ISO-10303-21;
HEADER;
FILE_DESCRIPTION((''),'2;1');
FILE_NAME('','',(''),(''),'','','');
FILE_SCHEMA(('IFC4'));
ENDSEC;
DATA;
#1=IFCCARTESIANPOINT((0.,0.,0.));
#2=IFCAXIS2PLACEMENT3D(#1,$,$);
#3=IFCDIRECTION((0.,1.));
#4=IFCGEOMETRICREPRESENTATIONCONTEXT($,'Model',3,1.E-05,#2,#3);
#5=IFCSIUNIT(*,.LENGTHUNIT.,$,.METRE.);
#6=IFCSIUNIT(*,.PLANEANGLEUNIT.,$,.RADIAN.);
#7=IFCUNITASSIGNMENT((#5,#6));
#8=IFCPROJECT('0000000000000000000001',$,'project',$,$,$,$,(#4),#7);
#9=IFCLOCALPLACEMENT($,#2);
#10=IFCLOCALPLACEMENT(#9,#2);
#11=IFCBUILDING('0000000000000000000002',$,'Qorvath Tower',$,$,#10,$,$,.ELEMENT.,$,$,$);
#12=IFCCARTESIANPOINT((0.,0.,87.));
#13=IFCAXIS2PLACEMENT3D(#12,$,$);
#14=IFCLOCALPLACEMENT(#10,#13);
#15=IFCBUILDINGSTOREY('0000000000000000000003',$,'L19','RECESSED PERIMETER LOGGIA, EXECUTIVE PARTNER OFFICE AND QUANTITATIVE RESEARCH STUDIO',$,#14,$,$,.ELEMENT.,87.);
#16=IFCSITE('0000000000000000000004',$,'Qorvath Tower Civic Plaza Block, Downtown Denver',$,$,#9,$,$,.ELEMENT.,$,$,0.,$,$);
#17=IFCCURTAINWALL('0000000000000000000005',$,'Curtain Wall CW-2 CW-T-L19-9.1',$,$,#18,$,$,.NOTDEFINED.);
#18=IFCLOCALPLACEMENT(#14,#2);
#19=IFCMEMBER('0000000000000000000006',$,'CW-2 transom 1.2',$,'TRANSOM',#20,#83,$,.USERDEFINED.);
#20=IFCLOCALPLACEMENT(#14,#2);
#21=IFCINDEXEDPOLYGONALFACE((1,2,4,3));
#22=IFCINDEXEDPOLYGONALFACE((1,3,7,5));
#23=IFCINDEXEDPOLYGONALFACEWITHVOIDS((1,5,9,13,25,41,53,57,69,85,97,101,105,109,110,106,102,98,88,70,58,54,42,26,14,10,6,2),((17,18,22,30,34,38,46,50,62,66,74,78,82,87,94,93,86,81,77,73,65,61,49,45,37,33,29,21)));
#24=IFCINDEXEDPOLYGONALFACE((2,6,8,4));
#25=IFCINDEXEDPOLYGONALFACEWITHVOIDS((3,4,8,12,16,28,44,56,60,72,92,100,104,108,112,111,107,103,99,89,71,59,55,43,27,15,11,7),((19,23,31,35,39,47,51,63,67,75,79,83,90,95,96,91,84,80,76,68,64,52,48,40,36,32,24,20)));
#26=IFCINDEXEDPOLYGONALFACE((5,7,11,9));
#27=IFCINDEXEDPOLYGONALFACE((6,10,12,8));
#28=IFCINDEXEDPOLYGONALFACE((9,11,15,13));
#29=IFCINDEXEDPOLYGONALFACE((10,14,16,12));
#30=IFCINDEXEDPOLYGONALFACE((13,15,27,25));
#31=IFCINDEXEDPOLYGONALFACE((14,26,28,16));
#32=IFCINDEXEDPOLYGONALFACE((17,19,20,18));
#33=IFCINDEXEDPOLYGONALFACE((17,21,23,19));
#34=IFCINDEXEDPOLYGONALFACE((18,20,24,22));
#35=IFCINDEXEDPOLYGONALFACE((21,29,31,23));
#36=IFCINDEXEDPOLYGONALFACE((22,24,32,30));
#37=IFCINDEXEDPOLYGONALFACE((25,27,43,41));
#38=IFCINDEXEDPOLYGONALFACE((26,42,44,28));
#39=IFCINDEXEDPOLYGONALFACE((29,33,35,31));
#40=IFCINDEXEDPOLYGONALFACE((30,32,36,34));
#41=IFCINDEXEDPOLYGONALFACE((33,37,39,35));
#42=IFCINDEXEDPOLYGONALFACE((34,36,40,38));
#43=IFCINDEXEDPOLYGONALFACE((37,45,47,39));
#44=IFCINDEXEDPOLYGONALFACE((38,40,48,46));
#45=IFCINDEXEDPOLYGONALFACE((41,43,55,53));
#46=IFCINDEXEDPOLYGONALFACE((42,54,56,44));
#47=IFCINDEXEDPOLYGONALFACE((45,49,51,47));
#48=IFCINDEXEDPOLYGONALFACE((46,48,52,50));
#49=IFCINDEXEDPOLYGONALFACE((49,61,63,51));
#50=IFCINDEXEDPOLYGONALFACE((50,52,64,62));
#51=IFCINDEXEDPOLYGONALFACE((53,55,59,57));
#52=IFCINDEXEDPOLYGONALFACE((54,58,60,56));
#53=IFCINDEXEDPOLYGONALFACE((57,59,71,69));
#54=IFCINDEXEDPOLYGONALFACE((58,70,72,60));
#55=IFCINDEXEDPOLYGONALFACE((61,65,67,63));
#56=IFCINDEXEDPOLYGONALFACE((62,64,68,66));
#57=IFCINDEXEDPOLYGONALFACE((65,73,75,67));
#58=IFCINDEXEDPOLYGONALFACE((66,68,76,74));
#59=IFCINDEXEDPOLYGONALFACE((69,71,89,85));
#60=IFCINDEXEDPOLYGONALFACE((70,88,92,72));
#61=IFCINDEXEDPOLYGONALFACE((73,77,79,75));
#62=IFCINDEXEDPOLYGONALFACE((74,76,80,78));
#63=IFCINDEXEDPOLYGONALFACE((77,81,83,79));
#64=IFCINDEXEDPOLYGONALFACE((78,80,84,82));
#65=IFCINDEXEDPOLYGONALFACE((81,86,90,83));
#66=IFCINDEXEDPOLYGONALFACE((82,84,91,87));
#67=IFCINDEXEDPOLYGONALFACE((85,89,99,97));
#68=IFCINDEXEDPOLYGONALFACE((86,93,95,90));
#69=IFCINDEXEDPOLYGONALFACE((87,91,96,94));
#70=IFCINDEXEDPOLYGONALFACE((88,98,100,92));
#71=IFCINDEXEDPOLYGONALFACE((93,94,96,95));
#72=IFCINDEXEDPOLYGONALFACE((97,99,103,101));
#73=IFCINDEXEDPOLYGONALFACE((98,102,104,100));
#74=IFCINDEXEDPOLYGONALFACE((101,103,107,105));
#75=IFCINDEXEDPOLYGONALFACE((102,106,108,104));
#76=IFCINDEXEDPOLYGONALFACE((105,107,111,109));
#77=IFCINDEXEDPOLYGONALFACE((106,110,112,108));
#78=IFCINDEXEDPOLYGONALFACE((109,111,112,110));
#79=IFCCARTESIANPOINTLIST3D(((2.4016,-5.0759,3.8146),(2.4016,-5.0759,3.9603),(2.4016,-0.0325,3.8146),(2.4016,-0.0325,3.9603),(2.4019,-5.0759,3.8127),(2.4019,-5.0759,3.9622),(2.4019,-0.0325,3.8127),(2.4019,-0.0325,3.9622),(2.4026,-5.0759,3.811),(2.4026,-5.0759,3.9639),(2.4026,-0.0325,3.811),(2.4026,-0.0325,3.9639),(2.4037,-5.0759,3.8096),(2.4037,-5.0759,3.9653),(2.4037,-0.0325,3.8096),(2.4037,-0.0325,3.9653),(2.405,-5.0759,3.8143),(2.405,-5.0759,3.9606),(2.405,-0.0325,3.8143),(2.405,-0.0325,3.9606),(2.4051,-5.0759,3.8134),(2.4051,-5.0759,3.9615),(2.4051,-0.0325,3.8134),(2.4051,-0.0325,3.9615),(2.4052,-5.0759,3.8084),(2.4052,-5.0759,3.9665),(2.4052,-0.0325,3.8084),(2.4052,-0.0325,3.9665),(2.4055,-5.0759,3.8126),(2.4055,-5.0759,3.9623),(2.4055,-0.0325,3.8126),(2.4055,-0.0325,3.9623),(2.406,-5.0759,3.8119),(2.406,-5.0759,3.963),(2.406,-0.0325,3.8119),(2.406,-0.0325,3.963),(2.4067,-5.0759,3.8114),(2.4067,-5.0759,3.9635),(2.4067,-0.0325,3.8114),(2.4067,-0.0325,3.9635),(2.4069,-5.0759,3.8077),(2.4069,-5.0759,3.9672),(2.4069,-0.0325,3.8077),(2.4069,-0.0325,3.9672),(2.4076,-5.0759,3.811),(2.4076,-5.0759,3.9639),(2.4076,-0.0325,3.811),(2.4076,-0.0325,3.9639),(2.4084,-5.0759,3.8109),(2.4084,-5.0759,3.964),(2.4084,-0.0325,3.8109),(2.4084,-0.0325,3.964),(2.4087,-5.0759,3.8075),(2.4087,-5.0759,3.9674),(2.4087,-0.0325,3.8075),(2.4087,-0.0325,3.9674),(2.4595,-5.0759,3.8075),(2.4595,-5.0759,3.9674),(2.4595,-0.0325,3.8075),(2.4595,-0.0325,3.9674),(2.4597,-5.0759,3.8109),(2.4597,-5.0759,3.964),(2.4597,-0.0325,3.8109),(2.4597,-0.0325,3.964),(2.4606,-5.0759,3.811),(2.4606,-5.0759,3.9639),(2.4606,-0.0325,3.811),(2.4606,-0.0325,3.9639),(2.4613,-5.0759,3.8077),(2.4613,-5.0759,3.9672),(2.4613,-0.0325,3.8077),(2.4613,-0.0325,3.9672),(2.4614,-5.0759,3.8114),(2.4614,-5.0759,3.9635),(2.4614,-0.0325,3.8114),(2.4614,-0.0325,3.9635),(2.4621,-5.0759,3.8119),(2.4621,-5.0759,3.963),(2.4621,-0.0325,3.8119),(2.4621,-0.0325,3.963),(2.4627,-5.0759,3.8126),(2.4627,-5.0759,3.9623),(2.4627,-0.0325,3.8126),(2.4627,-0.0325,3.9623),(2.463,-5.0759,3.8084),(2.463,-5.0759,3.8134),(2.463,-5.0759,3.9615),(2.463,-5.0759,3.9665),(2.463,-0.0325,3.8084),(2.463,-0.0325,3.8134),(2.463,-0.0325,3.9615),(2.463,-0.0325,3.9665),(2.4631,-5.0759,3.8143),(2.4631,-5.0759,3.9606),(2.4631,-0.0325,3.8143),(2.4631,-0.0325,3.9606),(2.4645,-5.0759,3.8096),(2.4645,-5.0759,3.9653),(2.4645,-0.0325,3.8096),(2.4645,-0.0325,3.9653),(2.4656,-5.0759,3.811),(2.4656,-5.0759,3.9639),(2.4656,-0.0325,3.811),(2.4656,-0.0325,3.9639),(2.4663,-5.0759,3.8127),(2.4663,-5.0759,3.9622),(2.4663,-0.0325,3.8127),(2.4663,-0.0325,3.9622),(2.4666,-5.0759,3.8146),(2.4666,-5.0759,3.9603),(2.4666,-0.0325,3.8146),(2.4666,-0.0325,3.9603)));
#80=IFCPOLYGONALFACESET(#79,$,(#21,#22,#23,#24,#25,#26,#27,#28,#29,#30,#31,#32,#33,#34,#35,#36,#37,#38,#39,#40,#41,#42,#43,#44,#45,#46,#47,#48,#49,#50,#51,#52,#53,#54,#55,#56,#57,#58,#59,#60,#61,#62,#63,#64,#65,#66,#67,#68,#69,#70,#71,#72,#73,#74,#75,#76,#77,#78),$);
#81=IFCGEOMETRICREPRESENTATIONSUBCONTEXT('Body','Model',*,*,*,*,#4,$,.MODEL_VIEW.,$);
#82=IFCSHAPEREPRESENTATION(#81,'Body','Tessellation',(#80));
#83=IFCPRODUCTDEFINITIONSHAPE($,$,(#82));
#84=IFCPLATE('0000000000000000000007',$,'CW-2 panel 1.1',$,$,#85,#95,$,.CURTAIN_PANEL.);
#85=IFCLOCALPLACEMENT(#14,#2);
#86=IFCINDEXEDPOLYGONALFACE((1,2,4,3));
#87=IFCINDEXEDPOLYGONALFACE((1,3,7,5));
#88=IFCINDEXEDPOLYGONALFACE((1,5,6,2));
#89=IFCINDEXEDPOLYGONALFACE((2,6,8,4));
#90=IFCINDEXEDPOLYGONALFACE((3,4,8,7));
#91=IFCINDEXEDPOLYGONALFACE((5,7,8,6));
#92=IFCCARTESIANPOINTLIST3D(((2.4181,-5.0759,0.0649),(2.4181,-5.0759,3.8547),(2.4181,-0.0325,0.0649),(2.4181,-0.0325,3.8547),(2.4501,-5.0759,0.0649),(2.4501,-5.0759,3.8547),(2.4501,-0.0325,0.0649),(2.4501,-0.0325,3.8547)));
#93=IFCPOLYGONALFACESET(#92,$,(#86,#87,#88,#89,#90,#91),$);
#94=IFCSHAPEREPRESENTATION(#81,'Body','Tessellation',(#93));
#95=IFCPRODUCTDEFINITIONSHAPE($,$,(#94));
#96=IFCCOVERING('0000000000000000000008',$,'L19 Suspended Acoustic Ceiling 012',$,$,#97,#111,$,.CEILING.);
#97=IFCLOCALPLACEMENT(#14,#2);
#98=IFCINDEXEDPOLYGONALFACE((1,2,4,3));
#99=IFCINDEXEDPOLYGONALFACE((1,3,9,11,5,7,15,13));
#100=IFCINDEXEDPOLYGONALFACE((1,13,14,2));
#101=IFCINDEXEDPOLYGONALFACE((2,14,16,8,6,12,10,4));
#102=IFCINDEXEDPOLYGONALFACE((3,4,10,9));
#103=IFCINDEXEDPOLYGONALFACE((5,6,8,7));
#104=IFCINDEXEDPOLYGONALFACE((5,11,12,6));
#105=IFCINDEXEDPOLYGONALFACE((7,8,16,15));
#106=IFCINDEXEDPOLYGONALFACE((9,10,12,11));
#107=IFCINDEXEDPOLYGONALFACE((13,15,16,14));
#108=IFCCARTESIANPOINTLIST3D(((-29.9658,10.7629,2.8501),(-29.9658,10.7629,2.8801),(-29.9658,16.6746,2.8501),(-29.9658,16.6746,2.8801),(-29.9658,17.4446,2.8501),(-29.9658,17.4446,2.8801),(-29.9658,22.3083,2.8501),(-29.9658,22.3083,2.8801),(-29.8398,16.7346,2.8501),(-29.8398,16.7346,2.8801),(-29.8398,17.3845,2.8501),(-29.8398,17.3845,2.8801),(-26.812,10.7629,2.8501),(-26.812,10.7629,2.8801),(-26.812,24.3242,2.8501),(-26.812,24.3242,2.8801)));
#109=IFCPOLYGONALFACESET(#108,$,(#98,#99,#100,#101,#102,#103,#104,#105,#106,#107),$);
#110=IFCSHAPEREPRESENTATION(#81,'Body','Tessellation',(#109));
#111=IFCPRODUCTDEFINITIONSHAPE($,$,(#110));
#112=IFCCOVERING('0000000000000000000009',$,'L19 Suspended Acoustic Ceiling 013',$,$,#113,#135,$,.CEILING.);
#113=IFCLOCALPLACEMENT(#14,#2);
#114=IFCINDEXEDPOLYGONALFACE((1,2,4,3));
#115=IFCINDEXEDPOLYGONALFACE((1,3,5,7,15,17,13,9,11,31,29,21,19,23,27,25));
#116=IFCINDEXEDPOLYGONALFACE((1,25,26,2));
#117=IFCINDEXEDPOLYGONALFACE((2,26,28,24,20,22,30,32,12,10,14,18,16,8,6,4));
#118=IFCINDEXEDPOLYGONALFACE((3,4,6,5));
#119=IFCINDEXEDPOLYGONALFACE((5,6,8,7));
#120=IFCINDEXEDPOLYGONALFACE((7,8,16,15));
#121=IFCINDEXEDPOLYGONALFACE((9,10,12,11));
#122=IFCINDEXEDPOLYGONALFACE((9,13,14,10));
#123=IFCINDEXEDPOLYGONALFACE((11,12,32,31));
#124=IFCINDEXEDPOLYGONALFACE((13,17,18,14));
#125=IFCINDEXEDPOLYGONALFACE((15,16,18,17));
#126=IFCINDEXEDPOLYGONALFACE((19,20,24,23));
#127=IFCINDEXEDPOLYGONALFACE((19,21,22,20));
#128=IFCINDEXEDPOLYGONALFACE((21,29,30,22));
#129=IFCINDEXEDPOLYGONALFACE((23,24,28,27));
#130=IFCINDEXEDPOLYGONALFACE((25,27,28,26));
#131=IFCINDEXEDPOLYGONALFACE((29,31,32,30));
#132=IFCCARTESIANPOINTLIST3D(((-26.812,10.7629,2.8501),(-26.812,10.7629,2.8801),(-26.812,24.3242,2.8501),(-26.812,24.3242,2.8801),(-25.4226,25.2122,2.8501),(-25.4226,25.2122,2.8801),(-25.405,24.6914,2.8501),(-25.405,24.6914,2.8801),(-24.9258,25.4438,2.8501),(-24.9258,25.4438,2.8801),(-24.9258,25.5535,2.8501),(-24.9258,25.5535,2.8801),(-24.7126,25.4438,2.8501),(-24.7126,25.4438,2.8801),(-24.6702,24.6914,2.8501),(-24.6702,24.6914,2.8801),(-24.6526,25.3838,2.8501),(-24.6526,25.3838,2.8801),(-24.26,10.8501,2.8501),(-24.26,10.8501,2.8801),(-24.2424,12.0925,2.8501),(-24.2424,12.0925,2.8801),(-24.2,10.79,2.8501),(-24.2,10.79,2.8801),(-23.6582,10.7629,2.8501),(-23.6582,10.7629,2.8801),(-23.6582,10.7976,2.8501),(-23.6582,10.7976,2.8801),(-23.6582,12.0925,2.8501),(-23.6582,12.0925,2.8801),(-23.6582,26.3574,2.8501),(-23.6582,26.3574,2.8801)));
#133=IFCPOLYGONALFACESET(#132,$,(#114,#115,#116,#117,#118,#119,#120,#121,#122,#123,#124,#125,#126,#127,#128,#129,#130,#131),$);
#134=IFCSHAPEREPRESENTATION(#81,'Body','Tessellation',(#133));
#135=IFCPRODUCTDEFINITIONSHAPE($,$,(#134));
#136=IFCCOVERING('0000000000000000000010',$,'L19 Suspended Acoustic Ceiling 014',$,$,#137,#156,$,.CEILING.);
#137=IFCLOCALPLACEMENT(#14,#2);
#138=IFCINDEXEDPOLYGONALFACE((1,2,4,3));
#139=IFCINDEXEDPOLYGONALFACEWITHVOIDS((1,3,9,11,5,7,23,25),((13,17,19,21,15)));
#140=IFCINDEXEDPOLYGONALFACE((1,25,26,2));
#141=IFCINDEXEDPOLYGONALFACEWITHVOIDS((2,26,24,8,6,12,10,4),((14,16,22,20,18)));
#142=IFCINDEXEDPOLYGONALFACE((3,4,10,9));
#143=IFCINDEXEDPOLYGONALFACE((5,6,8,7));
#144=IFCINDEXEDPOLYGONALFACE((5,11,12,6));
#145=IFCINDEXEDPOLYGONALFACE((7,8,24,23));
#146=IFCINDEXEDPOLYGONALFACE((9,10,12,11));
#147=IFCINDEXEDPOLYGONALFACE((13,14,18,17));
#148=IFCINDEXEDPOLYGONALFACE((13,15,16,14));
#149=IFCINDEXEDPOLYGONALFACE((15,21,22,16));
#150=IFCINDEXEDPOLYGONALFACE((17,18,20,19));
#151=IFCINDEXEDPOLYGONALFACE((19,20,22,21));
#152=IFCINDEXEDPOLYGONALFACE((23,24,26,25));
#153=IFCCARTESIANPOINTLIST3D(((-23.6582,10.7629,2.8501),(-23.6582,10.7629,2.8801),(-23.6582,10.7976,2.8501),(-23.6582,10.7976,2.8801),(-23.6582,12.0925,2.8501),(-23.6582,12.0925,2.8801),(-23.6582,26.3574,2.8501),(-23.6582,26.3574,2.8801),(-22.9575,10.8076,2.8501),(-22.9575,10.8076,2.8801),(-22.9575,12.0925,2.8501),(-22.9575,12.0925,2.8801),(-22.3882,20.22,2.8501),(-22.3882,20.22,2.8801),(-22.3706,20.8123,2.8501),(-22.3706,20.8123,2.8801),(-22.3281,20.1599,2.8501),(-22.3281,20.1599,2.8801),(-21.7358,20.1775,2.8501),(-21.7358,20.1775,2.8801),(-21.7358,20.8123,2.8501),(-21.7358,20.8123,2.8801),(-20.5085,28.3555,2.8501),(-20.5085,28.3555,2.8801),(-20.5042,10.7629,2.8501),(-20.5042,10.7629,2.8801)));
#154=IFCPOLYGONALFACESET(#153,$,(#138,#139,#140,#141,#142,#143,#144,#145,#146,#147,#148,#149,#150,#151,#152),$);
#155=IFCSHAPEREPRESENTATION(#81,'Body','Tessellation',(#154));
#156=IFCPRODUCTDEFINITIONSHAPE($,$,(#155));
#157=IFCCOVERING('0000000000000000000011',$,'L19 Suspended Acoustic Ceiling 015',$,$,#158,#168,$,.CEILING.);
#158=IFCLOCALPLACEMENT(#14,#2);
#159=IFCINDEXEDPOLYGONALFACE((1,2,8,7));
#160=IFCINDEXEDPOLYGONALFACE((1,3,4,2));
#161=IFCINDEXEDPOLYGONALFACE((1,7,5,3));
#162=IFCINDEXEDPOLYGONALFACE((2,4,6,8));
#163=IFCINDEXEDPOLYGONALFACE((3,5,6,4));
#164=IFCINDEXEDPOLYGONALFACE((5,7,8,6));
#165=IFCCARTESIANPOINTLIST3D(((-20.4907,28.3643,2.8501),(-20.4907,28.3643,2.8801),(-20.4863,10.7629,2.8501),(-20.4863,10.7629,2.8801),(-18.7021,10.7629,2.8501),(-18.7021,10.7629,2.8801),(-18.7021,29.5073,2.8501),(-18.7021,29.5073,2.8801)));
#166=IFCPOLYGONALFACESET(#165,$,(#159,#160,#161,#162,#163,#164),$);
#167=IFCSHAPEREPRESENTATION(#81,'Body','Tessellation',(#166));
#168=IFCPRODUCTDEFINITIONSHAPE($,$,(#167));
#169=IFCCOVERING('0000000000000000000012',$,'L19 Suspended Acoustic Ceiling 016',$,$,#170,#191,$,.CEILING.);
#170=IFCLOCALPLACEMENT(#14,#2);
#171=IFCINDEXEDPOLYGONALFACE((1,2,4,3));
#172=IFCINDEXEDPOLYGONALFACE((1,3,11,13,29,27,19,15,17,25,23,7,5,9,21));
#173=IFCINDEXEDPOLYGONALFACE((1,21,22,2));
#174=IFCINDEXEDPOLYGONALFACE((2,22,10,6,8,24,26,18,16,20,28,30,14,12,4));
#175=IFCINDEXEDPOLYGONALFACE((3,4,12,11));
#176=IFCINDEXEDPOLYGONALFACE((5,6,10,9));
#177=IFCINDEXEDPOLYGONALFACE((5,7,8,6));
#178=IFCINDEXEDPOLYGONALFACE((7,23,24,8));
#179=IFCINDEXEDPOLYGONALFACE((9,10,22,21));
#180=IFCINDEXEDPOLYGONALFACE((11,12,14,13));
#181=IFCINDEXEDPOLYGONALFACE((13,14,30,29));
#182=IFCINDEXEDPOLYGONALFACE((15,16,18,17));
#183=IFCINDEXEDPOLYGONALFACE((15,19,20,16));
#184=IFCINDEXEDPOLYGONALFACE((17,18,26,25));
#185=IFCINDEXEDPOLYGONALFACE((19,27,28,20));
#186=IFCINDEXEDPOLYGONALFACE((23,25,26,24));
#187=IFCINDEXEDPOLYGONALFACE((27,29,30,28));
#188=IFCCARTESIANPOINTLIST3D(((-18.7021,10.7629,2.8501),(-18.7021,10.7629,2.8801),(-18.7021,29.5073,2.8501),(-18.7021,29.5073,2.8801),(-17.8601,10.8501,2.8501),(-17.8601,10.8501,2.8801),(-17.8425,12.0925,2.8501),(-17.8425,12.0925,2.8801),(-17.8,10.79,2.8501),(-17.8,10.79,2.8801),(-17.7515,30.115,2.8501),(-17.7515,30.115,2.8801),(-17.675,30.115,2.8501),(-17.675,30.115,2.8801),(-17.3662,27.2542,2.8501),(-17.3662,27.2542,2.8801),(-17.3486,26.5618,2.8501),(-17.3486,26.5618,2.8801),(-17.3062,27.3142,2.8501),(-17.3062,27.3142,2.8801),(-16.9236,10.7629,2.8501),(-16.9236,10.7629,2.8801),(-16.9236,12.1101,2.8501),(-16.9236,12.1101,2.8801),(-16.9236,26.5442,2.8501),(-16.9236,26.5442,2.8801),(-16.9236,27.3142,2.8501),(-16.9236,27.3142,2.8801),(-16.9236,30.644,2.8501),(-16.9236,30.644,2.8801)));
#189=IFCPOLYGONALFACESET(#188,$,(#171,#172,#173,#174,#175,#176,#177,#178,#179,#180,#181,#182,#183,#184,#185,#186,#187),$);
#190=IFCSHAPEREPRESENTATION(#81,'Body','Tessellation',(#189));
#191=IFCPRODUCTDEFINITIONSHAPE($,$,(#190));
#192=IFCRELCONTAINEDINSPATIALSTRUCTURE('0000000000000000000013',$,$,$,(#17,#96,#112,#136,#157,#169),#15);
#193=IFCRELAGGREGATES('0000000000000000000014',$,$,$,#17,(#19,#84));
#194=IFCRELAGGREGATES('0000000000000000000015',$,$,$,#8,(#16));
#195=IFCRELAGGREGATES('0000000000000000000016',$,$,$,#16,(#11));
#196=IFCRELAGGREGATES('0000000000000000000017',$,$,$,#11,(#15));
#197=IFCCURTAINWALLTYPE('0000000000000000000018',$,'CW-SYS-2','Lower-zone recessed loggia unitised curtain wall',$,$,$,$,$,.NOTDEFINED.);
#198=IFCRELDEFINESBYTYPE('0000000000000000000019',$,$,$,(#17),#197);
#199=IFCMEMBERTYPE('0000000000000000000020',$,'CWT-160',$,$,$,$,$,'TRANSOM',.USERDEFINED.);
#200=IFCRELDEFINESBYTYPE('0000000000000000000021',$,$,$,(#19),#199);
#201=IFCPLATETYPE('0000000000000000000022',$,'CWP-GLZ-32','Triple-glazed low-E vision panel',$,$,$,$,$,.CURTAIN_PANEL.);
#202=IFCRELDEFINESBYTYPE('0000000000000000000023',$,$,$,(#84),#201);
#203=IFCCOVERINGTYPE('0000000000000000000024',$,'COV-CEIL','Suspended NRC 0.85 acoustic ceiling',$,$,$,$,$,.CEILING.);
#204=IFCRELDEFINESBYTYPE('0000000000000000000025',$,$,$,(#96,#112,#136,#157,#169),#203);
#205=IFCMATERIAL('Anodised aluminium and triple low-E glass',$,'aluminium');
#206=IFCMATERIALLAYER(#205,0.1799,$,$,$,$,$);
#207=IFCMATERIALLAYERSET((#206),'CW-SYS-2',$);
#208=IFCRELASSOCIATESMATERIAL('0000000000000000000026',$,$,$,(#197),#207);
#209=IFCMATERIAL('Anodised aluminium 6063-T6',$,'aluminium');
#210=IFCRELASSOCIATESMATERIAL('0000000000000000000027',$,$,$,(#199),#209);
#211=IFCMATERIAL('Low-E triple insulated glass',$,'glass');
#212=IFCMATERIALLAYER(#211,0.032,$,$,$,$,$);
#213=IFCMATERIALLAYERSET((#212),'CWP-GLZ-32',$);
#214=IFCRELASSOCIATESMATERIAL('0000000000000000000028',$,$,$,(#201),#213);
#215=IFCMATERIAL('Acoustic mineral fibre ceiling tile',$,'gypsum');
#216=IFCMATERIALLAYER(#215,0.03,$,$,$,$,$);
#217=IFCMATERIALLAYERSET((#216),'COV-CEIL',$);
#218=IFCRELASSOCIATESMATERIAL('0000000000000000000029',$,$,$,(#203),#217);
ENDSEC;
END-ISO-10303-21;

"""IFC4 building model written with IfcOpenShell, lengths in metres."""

from ifc_helpers import new_model, si_unit, direction, frame, origin, origin_2d, place, context, subcontext, project, spatial, polyline, rectangle, hollow_rectangle, outline, extrude, material, layer, layer_set, material_profile, profile_set, type_object, element, aggregate, save


model = new_model("IFC4")

# Units and contexts
model_context = context("Model", 3, precision=1e-05, world=origin(), true_north=direction((0.0, 1.0)))
body_context = subcontext(model_context, "Body", "Model", "MODEL_VIEW")
ifc_project = project(units=[si_unit("LENGTHUNIT", "METRE"), si_unit("PLANEANGLEUNIT", "RADIAN")], contexts=[model_context])

# Site, building, storey
site_placement = place(None, origin())
site = spatial("IfcSite", under=ifc_project, at=site_placement, Name="Qorvath Tower Civic Plaza Block, Downtown Denver", CompositionType="ELEMENT", RefElevation=0.0)
building_placement = place(site_placement, origin())
building = spatial("IfcBuilding", under=site, at=building_placement, Name="Qorvath Tower", CompositionType="ELEMENT")
storey_placement = place(building_placement, frame((0.0, 0.0, 87.0)))
storey = spatial("IfcBuildingStorey", under=building, at=storey_placement, Name="L19", Description="RECESSED PERIMETER LOGGIA, EXECUTIVE PARTNER OFFICE AND QUANTITATIVE RESEARCH STUDIO", CompositionType="ELEMENT", Elevation=87.0)

# Curtain wall, member, plate
ifc_material_1 = material(Name="Anodised aluminium and triple low-E glass", Category="aluminium")
ifc_layer_1 = layer(ifc_material_1, 0.1799)
ifc_layer_set_1 = layer_set([ifc_layer_1], Name="CW-SYS-2")
curtain_wall_type = type_object("IfcCurtainWallType", Name="CW-SYS-2", Description="Lower-zone recessed loggia unitised curtain wall", PredefinedType="NOTDEFINED", material=ifc_layer_set_1)
curtain_wall_placement = place(storey_placement, origin())
curtain_wall = element("IfcCurtainWall", 1, at=curtain_wall_placement, inside=storey, type_object=curtain_wall_type, Name="Curtain Wall CW-2 CW-T-L19-9.1", PredefinedType="NOTDEFINED")
ifc_material_2 = material(Name="Anodised aluminium 6063-T6", Category="aluminium")
ifc_material_profile_1 = material_profile(ifc_material_2, hollow_rectangle(XDim=0.0649, YDim=0.1599, WallThickness=0.0034, InnerFilletRadius=0.0034, OuterFilletRadius=0.0071, at=origin_2d()), Name="CWT 160x65")
ifc_profile_set_1 = profile_set([ifc_material_profile_1], Name="Anodised aluminium 6063-T6")
member_type_1 = type_object("IfcMemberType", Name="CWT-160", ElementType="TRANSOM", PredefinedType="USERDEFINED", material=ifc_profile_set_1)
member_1_placement = place(storey_placement, frame((2.4341, -5.0759, 3.8875), z_axis=(0.0, 1.0, 0.0), x_axis=(-1.0, 0.0, 0.0)))
member_1 = element("IfcMember", 2, at=member_1_placement, type_object=member_type_1, Name="CW-2 transom 1.2", ObjectType="TRANSOM", PredefinedType="USERDEFINED", context=body_context, shape_type="SweptSolid", body=[
    extrude(hollow_rectangle(XDim=0.0649, YDim=0.1599, WallThickness=0.0034, InnerFilletRadius=0.0034, OuterFilletRadius=0.0071, at=origin_2d()), origin(), (0.0, 0.0, 1.0), 5.0435),
])
ifc_material_3 = material(Name="Low-E triple insulated glass", Category="glass")
ifc_layer_2 = layer(ifc_material_3, 0.032)
ifc_layer_set_2 = layer_set([ifc_layer_2], Name="CWP-GLZ-32")
plate_type = type_object("IfcPlateType", Name="CWP-GLZ-32", Description="Triple-glazed low-E vision panel", PredefinedType="CURTAIN_PANEL", material=ifc_layer_set_2)
plate_placement = place(storey_placement, frame((2.4341, -2.5542, 0.0649), z_axis=(0.0, 0.0, 1.0), x_axis=(0.0, 1.0, 0.0)))
plate = element("IfcPlate", 3, at=plate_placement, type_object=plate_type, Name="CW-2 panel 1.1", PredefinedType="CURTAIN_PANEL", context=body_context, shape_type="SweptSolid", body=[
    extrude(rectangle(XDim=5.0435, YDim=0.032, at=origin_2d()), origin(), (0.0, 0.0, 1.0), 3.7898),
])
aggregate(curtain_wall, [member_1, plate])

# Coverings
ifc_material_4 = material(Name="Acoustic mineral fibre ceiling tile", Category="gypsum")
ifc_layer_3 = layer(ifc_material_4, 0.03)
ifc_layer_set_3 = layer_set([ifc_layer_3], Name="COV-CEIL")
covering_type_1 = type_object("IfcCoveringType", Name="COV-CEIL", Description="Suspended NRC 0.85 acoustic ceiling", PredefinedType="CEILING", material=ifc_layer_set_3)
covering_1_placement = place(storey_placement, frame((0.0, 0.0, 2.8501)))
element("IfcCovering", 4, at=covering_1_placement, inside=storey, type_object=covering_type_1, Name="L19 Suspended Acoustic Ceiling 012", PredefinedType="CEILING", context=body_context, shape_type="SweptSolid", body=[
    extrude(outline(polyline([(-26.812, 10.7629), (-26.812, 24.3242), (-29.9658, 22.3083), (-29.9658, 17.4446), (-29.8398, 17.3845), (-29.8398, 16.7346), (-29.9658, 16.6746), (-29.9658, 10.7629), (-26.812, 10.7629)])), origin(), (0.0, 0.0, 1.0), 0.03),
])
covering_2_placement = place(storey_placement, frame((0.0, 0.0, 2.8501)))
element("IfcCovering", 5, at=covering_2_placement, inside=storey, type_object=covering_type_1, Name="L19 Suspended Acoustic Ceiling 013", PredefinedType="CEILING", context=body_context, shape_type="SweptSolid", body=[
    extrude(outline(polyline([(-23.6582, 10.7629), (-23.6582, 10.7976), (-24.2, 10.79), (-24.26, 10.8501), (-24.2424, 12.0925), (-23.6582, 12.0925), (-23.6582, 26.3574), (-24.9258, 25.5535), (-24.9258, 25.4438), (-24.7126, 25.4438), (-24.6526, 25.3838), (-24.6702, 24.6914), (-25.405, 24.6914), (-25.4226, 25.2122), (-26.812, 24.3242), (-26.812, 10.7629), (-23.6582, 10.7629)])), origin(), (0.0, 0.0, 1.0), 0.03),
])
covering_3_placement = place(storey_placement, frame((0.0, 0.0, 2.8501)))
element("IfcCovering", 6, at=covering_3_placement, inside=storey, type_object=covering_type_1, Name="L19 Suspended Acoustic Ceiling 014", PredefinedType="CEILING", context=body_context, shape_type="SweptSolid", body=[
    extrude(outline(polyline([(-20.5085, 28.3555), (-23.6582, 26.3574), (-23.6582, 12.0925), (-22.9575, 12.0925), (-22.9575, 10.8076), (-23.6582, 10.7976), (-23.6582, 10.7629), (-20.5042, 10.7629), (-20.5085, 28.3555)]), holes=[polyline([(-22.3882, 20.22), (-22.3706, 20.8123), (-21.7358, 20.8123), (-21.7358, 20.1775), (-22.3281, 20.1599), (-22.3882, 20.22)])]), origin(), (0.0, 0.0, 1.0), 0.03),
])
covering_4_placement = place(storey_placement, frame((0.0, 0.0, 2.8501)))
element("IfcCovering", 7, at=covering_4_placement, inside=storey, type_object=covering_type_1, Name="L19 Suspended Acoustic Ceiling 015", PredefinedType="CEILING", context=body_context, shape_type="SweptSolid", body=[
    extrude(outline(polyline([(-18.7021, 10.7629), (-18.7021, 29.5073), (-20.4907, 28.3643), (-20.4863, 10.7629), (-18.7021, 10.7629)])), origin(), (0.0, 0.0, 1.0), 0.03),
])
covering_5_placement = place(storey_placement, frame((0.0, 0.0, 2.8501)))
element("IfcCovering", 8, at=covering_5_placement, inside=storey, type_object=covering_type_1, Name="L19 Suspended Acoustic Ceiling 016", PredefinedType="CEILING", context=body_context, shape_type="SweptSolid", body=[
    extrude(outline(polyline([(-17.675, 30.115), (-17.7515, 30.115), (-18.7021, 29.5073), (-18.7021, 10.7629), (-16.9236, 10.7629), (-17.8, 10.79), (-17.8601, 10.8501), (-17.8425, 12.0925), (-16.9236, 12.1101), (-16.9236, 26.5442), (-17.3486, 26.5618), (-17.3662, 27.2542), (-17.3062, 27.3142), (-16.9236, 27.3142), (-16.9236, 30.644), (-17.675, 30.115)])), origin(), (0.0, 0.0, 1.0), 0.03),
])

save(model, "model.ifc")
